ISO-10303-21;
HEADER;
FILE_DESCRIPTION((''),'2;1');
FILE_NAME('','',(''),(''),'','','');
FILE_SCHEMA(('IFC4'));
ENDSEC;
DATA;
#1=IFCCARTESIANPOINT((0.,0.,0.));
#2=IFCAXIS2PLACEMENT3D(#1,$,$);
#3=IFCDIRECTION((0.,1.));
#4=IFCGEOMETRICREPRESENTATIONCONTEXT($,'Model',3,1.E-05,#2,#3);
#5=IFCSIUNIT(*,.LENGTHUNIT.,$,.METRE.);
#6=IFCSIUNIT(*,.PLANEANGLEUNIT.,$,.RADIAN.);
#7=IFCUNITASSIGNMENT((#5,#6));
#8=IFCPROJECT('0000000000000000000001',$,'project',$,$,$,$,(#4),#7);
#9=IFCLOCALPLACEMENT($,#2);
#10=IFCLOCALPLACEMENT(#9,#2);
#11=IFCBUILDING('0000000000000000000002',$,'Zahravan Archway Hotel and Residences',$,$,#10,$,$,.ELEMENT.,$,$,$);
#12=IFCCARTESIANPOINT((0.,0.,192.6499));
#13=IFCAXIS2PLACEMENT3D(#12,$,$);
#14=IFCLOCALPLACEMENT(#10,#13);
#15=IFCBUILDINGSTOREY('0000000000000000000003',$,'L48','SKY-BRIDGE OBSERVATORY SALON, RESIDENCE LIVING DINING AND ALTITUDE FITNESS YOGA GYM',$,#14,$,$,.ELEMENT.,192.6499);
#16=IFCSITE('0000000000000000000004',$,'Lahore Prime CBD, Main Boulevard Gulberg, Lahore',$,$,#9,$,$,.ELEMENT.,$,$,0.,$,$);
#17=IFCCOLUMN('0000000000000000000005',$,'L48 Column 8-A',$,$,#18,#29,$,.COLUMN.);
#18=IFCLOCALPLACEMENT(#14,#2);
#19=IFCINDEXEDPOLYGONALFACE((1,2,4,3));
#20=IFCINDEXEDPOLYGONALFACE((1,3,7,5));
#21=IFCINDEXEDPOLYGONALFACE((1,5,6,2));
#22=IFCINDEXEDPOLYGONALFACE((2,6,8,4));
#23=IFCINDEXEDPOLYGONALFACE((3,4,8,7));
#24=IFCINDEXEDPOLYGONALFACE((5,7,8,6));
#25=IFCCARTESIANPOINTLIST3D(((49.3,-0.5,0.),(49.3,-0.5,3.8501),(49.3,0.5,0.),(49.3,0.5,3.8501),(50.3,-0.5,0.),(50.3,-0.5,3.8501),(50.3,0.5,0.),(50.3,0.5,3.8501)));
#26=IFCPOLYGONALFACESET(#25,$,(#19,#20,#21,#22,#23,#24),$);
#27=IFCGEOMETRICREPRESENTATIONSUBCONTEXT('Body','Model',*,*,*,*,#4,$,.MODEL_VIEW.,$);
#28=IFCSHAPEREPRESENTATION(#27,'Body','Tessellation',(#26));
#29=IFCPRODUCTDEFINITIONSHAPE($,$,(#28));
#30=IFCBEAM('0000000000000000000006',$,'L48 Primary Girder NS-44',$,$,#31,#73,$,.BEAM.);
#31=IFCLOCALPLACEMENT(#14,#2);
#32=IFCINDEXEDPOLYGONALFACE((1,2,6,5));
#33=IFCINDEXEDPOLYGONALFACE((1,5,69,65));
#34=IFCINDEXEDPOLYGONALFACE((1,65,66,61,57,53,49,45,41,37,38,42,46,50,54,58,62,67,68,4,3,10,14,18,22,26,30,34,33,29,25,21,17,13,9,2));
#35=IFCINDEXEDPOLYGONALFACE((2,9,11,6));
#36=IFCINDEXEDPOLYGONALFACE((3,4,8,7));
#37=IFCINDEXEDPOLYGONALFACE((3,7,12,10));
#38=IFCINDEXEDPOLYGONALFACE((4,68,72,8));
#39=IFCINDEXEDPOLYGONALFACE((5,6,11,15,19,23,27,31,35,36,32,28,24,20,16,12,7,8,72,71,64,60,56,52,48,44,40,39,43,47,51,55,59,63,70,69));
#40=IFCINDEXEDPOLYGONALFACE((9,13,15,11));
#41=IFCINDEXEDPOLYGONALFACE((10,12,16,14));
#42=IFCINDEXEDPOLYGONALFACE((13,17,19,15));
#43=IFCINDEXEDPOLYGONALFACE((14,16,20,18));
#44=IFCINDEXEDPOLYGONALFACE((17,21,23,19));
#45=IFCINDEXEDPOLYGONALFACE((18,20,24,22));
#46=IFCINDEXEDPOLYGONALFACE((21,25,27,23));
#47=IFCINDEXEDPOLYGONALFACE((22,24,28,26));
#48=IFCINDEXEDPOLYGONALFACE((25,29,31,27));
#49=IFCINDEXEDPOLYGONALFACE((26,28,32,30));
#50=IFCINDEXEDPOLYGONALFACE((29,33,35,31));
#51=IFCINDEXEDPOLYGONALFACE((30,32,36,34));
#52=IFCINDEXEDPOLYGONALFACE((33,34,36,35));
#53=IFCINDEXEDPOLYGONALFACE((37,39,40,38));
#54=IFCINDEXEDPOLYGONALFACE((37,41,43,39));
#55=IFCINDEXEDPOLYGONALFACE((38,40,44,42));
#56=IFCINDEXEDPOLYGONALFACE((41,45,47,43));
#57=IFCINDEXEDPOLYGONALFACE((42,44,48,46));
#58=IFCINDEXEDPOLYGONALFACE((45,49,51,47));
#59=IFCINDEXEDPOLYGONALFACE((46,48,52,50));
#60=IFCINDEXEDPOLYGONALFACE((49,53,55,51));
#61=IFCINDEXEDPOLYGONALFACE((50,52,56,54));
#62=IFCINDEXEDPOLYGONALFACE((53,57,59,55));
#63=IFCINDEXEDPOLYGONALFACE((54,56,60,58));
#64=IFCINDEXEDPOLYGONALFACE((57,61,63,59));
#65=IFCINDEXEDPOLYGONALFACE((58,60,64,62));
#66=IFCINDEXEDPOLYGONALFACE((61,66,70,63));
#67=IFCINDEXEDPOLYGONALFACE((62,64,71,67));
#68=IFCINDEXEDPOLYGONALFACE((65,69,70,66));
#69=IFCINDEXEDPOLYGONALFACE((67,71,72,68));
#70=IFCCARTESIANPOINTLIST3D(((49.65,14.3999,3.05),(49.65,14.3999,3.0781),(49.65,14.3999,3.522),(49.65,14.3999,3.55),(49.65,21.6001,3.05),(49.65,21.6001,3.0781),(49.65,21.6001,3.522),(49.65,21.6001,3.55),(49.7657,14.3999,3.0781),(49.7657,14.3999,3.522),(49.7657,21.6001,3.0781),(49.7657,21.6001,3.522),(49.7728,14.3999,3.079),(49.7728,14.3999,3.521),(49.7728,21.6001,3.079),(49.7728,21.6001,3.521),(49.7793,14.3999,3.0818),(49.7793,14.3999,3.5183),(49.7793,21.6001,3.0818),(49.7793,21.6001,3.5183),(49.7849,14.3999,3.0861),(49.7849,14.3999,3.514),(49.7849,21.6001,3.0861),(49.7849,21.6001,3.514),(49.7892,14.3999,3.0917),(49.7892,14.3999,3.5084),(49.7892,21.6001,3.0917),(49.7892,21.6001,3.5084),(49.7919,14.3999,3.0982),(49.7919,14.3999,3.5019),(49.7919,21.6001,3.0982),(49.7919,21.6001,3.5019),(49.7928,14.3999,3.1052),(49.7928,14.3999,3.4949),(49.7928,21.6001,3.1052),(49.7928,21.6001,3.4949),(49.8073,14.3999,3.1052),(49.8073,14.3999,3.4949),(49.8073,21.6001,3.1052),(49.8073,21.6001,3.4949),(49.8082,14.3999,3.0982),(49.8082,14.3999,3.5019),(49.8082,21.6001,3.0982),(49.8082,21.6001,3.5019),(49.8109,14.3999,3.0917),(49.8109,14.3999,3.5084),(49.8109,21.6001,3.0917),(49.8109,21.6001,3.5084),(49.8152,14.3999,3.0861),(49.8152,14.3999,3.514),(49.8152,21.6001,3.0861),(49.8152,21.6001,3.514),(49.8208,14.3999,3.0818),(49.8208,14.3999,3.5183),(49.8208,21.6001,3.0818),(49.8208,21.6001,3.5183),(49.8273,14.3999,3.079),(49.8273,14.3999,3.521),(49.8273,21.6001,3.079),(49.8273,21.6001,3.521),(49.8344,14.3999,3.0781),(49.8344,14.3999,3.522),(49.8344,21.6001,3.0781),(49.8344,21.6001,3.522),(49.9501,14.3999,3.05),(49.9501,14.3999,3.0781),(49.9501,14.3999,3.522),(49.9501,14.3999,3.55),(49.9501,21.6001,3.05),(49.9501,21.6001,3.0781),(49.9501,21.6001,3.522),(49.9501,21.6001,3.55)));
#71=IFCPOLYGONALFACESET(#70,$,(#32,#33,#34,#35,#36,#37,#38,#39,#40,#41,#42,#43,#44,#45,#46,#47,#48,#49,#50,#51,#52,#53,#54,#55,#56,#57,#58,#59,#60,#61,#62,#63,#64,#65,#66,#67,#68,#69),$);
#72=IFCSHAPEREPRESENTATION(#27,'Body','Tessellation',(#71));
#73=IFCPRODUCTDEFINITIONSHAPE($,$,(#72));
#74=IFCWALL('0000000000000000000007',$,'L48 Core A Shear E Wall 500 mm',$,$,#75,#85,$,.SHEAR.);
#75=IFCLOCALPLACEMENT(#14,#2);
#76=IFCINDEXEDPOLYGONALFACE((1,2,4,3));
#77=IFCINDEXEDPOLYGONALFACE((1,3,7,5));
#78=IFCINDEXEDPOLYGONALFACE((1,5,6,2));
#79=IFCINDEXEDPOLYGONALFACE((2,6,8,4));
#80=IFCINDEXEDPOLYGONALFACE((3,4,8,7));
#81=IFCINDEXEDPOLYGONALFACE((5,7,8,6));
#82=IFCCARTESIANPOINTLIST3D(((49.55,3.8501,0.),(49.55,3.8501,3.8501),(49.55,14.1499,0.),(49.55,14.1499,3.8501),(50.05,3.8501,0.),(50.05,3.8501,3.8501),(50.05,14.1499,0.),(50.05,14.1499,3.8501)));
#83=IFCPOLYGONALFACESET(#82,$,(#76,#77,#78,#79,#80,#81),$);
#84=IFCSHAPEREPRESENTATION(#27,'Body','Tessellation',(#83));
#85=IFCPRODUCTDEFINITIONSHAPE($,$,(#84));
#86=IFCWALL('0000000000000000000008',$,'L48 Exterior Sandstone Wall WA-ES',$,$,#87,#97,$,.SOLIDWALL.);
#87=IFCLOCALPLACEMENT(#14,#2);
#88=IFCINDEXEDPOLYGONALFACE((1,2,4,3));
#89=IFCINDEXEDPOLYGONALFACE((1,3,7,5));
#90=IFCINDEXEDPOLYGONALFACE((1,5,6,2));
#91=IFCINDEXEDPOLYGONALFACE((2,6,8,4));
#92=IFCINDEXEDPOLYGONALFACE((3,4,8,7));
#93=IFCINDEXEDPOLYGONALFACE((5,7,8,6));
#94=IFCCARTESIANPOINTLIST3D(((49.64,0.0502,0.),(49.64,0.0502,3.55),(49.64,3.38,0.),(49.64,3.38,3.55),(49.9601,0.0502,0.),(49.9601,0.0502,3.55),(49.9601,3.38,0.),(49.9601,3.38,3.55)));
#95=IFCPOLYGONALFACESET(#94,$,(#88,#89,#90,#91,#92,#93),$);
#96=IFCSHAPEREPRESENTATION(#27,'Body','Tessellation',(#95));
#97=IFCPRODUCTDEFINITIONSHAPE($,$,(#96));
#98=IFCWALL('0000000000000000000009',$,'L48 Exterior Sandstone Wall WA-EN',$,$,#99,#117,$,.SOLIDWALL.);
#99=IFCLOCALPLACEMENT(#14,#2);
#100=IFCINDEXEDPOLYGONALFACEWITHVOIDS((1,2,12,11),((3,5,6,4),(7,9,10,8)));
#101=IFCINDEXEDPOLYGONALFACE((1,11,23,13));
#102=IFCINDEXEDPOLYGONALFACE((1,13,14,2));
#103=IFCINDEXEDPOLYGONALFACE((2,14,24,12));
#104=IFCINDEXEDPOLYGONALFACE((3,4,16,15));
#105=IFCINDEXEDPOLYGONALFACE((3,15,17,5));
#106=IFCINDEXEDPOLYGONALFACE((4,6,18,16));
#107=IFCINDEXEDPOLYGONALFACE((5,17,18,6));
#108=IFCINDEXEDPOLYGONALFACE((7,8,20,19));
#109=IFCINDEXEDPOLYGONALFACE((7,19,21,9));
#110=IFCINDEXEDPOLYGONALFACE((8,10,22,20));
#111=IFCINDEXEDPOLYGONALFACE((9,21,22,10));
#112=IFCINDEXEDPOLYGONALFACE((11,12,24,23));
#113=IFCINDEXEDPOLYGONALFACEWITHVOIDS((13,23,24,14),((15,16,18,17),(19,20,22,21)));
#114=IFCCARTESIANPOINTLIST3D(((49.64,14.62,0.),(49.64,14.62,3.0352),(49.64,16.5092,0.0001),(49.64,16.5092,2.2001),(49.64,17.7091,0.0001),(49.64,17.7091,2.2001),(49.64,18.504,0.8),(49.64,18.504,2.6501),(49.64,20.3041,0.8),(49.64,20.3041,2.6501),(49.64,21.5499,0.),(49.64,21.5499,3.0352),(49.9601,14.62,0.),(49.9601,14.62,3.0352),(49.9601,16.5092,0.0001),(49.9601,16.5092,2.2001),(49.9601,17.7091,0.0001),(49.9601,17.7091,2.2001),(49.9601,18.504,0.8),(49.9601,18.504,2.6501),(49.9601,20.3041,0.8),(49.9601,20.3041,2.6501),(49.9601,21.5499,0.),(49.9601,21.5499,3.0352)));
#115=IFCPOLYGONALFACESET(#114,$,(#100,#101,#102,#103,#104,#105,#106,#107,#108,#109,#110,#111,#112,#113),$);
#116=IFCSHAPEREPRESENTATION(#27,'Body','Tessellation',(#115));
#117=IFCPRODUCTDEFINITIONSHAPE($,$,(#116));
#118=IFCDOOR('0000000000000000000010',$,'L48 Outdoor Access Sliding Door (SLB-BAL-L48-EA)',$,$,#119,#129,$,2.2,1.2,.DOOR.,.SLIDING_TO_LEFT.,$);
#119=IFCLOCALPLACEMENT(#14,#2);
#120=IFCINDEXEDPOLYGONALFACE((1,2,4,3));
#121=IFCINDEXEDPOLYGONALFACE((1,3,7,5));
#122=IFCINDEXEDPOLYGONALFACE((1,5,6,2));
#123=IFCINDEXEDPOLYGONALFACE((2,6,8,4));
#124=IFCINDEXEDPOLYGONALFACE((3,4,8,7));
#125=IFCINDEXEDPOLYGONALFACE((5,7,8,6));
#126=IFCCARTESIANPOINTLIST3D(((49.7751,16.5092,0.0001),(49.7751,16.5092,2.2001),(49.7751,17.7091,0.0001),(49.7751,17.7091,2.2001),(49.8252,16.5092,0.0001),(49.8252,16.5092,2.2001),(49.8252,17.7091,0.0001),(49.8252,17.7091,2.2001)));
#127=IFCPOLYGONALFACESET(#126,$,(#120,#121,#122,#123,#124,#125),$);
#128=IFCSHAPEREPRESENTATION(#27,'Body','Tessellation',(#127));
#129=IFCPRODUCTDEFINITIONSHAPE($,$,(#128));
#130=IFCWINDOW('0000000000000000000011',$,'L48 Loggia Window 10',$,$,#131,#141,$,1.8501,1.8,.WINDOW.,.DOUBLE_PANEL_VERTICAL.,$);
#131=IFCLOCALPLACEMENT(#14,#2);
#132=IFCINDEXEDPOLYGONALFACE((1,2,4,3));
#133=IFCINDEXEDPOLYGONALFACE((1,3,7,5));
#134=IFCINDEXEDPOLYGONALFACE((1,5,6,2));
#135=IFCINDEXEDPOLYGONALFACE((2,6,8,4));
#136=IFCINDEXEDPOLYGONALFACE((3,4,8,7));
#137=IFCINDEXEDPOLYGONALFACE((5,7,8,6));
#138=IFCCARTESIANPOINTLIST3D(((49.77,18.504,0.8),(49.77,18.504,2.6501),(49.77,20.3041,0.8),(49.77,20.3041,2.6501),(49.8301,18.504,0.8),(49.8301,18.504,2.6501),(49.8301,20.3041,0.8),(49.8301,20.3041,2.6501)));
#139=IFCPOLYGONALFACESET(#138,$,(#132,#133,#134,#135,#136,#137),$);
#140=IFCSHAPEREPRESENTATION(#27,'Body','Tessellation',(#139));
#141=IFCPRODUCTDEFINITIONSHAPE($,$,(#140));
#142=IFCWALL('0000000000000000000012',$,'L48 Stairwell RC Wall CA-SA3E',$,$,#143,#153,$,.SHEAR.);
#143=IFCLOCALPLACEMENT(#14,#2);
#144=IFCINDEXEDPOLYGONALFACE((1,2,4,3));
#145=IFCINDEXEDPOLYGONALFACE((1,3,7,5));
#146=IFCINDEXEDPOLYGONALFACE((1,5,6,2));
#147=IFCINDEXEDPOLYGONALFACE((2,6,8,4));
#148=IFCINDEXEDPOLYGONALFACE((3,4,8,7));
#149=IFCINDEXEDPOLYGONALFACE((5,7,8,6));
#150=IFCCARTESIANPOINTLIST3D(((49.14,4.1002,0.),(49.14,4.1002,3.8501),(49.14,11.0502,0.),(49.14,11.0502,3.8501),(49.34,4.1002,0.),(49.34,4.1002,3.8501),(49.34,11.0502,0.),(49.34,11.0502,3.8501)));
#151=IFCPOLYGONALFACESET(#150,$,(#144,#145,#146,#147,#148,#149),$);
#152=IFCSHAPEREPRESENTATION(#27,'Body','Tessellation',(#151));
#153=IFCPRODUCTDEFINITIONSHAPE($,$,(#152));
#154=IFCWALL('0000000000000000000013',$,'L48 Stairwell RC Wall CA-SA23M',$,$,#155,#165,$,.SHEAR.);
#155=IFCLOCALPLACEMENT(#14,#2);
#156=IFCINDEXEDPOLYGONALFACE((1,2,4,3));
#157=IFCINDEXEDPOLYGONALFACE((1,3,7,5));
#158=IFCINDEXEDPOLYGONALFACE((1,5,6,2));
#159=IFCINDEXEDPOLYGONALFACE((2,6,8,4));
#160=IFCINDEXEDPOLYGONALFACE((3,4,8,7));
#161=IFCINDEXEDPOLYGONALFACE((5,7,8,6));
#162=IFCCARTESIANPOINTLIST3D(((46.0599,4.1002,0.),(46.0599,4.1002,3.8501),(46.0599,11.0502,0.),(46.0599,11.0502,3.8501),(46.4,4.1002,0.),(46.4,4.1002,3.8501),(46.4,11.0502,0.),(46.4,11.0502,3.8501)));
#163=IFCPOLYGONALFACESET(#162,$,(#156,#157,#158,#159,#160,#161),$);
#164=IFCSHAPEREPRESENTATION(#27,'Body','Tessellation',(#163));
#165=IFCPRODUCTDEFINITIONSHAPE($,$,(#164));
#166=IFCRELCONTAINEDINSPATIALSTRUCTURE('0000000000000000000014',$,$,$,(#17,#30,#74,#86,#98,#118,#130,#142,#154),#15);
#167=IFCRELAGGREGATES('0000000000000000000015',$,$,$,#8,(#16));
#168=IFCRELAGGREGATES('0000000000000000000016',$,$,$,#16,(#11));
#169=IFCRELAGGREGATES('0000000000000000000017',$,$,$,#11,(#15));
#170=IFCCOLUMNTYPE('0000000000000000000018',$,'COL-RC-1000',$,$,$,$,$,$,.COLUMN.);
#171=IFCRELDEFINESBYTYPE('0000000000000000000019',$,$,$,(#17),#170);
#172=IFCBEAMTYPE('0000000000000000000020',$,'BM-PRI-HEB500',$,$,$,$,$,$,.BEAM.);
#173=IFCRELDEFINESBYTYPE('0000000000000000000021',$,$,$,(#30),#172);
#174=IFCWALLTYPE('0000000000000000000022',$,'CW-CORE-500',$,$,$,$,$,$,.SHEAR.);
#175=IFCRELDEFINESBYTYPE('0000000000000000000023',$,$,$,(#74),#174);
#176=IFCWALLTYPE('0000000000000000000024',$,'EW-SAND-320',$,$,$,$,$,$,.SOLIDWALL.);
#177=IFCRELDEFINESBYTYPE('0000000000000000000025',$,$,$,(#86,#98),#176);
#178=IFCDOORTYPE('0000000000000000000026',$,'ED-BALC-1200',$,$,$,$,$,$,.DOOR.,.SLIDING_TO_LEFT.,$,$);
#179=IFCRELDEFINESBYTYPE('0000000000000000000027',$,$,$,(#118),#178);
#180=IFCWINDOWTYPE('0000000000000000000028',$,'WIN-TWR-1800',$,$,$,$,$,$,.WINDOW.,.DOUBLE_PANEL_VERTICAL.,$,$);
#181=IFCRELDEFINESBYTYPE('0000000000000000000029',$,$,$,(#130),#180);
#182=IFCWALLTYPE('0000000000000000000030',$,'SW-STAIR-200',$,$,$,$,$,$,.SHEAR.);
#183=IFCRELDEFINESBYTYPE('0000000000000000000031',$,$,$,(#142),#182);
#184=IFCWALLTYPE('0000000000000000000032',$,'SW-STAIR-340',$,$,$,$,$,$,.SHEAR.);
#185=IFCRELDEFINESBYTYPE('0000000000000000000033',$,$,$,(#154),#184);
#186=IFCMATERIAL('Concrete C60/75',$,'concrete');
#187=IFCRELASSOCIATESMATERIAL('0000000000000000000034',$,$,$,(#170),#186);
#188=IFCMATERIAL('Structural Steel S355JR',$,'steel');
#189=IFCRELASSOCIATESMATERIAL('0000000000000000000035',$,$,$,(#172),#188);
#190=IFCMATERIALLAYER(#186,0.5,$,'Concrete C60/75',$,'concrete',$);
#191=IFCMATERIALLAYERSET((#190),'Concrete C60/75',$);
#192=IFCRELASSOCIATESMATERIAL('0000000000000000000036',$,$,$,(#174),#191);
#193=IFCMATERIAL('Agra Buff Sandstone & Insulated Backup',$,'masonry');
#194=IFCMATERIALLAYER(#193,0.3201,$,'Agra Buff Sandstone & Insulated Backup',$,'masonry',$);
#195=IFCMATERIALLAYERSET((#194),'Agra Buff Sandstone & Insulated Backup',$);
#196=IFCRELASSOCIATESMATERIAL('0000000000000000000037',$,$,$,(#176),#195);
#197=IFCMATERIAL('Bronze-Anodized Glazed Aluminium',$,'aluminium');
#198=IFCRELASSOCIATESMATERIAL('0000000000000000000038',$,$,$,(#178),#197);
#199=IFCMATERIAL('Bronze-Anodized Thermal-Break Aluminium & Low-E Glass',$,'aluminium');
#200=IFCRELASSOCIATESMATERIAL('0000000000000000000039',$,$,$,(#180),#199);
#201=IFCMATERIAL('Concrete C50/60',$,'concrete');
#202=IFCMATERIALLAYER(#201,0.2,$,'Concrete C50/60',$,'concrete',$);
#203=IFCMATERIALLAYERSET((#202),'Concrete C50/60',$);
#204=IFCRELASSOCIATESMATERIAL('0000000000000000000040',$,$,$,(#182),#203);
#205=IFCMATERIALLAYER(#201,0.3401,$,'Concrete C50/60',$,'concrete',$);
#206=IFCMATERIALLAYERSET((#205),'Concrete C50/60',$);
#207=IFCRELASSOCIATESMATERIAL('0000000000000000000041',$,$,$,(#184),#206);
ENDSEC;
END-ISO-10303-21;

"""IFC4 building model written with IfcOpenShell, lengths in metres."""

from ifc_helpers import new_model, si_unit, direction, frame, frame_2d, origin, origin_2d, place, context, subcontext, project, spatial, rectangle, i_section, extrude, source, transform, mapped, material, layer, layer_set, material_profile, profile_set, type_object, type_shapes, element, fill, save


model = new_model("IFC4")

# Units and contexts
model_context = context("Model", 3, precision=1e-05, world=origin(), true_north=direction((0.0, 1.0)))
body_context = subcontext(model_context, "Body", "Model", "MODEL_VIEW")
ifc_project = project(units=[si_unit("LENGTHUNIT", "METRE"), si_unit("PLANEANGLEUNIT", "RADIAN")], contexts=[model_context])

# Site, building, storey
site_placement = place(None, origin())
site = spatial("IfcSite", under=ifc_project, at=site_placement, Name="Lahore Prime CBD, Main Boulevard Gulberg, Lahore", CompositionType="ELEMENT", RefElevation=0.0)
building_placement = place(site_placement, origin())
building = spatial("IfcBuilding", under=site, at=building_placement, Name="Zahravan Archway Hotel and Residences", CompositionType="ELEMENT")
storey_placement = place(building_placement, frame((0.0, 0.0, 192.6499)))
storey = spatial("IfcBuildingStorey", under=building, at=storey_placement, Name="L48", Description="SKY-BRIDGE OBSERVATORY SALON, RESIDENCE LIVING DINING AND ALTITUDE FITNESS YOGA GYM", CompositionType="ELEMENT", Elevation=192.6499)

# Column
ifc_material_1 = material(Name="Concrete C60/75", Category="concrete")
ifc_material_profile_1 = material_profile(ifc_material_1, rectangle(XDim=1.0, YDim=1.0, at=origin_2d()), Name="RC-COL-1000x1000", Category="concrete")
ifc_profile_set_1 = profile_set([ifc_material_profile_1], Name="Concrete C60/75")
column_type = type_object("IfcColumnType", Name="COL-RC-1000", PredefinedType="COLUMN", material=ifc_profile_set_1)
shared_shape_1 = source(origin(), body_context, "Body", "SweptSolid", [
    extrude(rectangle(XDim=1.0, YDim=1.0, at=origin_2d()), origin(), (0.0, 0.0, 1.0), 3.8501),
])
column_placement = place(storey_placement, frame((49.8, 0.0, 0.0), z_axis=(0.0, 0.0, 1.0), x_axis=(1.0, 0.0, 0.0)))
element("IfcColumn", 1, at=column_placement, inside=storey, type_object=column_type, Name="L48 Column 8-A", PredefinedType="COLUMN", context=body_context, shape_type="MappedRepresentation", body=[
    mapped(shared_shape_1, transform((0.0, 0.0, 0.0), scale=1.0)),
])

# Beam
ifc_material_2 = material(Name="Structural Steel S355JR", Category="steel")
ifc_material_profile_2 = material_profile(ifc_material_2, i_section(OverallWidth=0.3, OverallDepth=0.5, WebThickness=0.0144, FlangeThickness=0.0281, FilletRadius=0.0271, at=origin_2d()), Name="HEB 500", Category="steel")
ifc_profile_set_2 = profile_set([ifc_material_profile_2], Name="Structural Steel S355JR")
beam_type = type_object("IfcBeamType", Name="BM-PRI-HEB500", PredefinedType="BEAM", material=ifc_profile_set_2)
shared_shape_2 = source(origin(), body_context, "Body", "SweptSolid", [
    extrude(i_section(OverallWidth=0.3, OverallDepth=0.5, WebThickness=0.0144, FlangeThickness=0.0281, FilletRadius=0.0271, at=origin_2d()), origin(), (0.0, 0.0, 1.0), 7.2002),
])
type_shapes(beam_type, [shared_shape_2])
beam_placement = place(storey_placement, frame((49.8, 14.3999, 3.3), z_axis=(0.0, 1.0, 0.0), x_axis=(-1.0, 0.0, 0.0)))
element("IfcBeam", 2, at=beam_placement, inside=storey, type_object=beam_type, Name="L48 Primary Girder NS-44", PredefinedType="BEAM", context=body_context, shape_type="MappedRepresentation", body=[
    mapped(shared_shape_2, transform((0.0, 0.0, 0.0), scale=1.0)),
])

# Walls
ifc_layer_1 = layer(ifc_material_1, 0.5, Name="Concrete C60/75", Category="concrete")
ifc_layer_set_1 = layer_set([ifc_layer_1], Name="Concrete C60/75")
wall_type_1 = type_object("IfcWallType", Name="CW-CORE-500", PredefinedType="SHEAR", material=ifc_layer_set_1)
wall_1_placement = place(storey_placement, frame((49.8, 3.8501, 0.0), z_axis=(0.0, 0.0, 1.0), x_axis=(0.0, 1.0, 0.0)))
element("IfcWall", 3, at=wall_1_placement, inside=storey, type_object=wall_type_1, Name="L48 Core A Shear E Wall 500 mm", PredefinedType="SHEAR", context=body_context, shape_type="SweptSolid", body=[
    extrude(rectangle(XDim=10.2998, YDim=0.5, at=frame_2d((5.1499, 0.0))), origin(), (0.0, 0.0, 1.0), 3.8501),
])
ifc_material_3 = material(Name="Agra Buff Sandstone & Insulated Backup", Category="masonry")
ifc_layer_2 = layer(ifc_material_3, 0.3201, Name="Agra Buff Sandstone & Insulated Backup", Category="masonry")
ifc_layer_set_2 = layer_set([ifc_layer_2], Name="Agra Buff Sandstone & Insulated Backup")
wall_type_2 = type_object("IfcWallType", Name="EW-SAND-320", PredefinedType="SOLIDWALL", material=ifc_layer_set_2)
wall_2_placement = place(storey_placement, frame((49.8, 0.05, 0.0), z_axis=(0.0, 0.0, 1.0), x_axis=(0.0, 1.0, 0.0)))
element("IfcWall", 4, at=wall_2_placement, inside=storey, type_object=wall_type_2, Name="L48 Exterior Sandstone Wall WA-ES", PredefinedType="SOLIDWALL", context=body_context, shape_type="SweptSolid", body=[
    extrude(rectangle(XDim=3.3298, YDim=0.3201, at=frame_2d((1.665, 0.0))), origin(), (0.0, 0.0, 1.0), 3.55),
])

# Wall, openings, door, window
wall_3_placement = place(storey_placement, frame((49.8, 14.6201, 0.0), z_axis=(0.0, 0.0, 1.0), x_axis=(0.0, 1.0, 0.0)))
wall_3 = element("IfcWall", 5, at=wall_3_placement, inside=storey, type_object=wall_type_2, Name="L48 Exterior Sandstone Wall WA-EN", PredefinedType="SOLIDWALL", context=body_context, shape_type="SweptSolid", body=[
    extrude(rectangle(XDim=6.9299, YDim=0.3201, at=frame_2d((3.4648, 0.0))), origin(), (0.0, 0.0, 1.0), 3.0352),
])
opening_1_placement = place(wall_3_placement, frame((1.8889, 0.0, 0.0)))
opening_1 = element("IfcOpeningElement", 6, at=opening_1_placement, cuts=wall_3, PredefinedType="OPENING", context=body_context, shape_type="SweptSolid", body=[
    extrude(rectangle(XDim=1.2, YDim=2.2, at=frame_2d((0.6001, 1.1001))), frame((0.0, 0.1699, 0.0), z_axis=(0.0, -1.0, 0.0), x_axis=(1.0, 0.0, 0.0)), (0.0, 0.0, 1.0), 0.3401),
])
opening_2_placement = place(wall_3_placement, frame((3.884, 0.0, 0.8)))
opening_2 = element("IfcOpeningElement", 7, at=opening_2_placement, cuts=wall_3, PredefinedType="OPENING", context=body_context, shape_type="SweptSolid", body=[
    extrude(rectangle(XDim=1.8, YDim=1.8501, at=frame_2d((0.8999, 0.925))), frame((0.0, 0.1699, 0.0), z_axis=(0.0, -1.0, 0.0), x_axis=(1.0, 0.0, 0.0)), (0.0, 0.0, 1.0), 0.3401),
])
ifc_material_4 = material(Name="Bronze-Anodized Glazed Aluminium", Category="aluminium")
door_type = type_object("IfcDoorType", Name="ED-BALC-1200", OperationType="SLIDING_TO_LEFT", PredefinedType="DOOR", material=ifc_material_4)
shared_shape_3 = source(origin(), body_context, "Body", "SweptSolid", [
    extrude(rectangle(XDim=1.2, YDim=2.2, at=frame_2d((0.6001, 1.1001))), frame((0.0, 0.0249, 0.0), z_axis=(0.0, -1.0, 0.0), x_axis=(1.0, 0.0, 0.0)), (0.0, 0.0, 1.0), 0.05),
])
type_shapes(door_type, [shared_shape_3])
door_placement = place(opening_1_placement, origin())
door = element("IfcDoor", 8, at=door_placement, inside=storey, type_object=door_type, Name="L48 Outdoor Access Sliding Door (SLB-BAL-L48-EA)", OperationType="SLIDING_TO_LEFT", OverallHeight=2.2, OverallWidth=1.2, PredefinedType="DOOR", context=body_context, shape_type="MappedRepresentation", body=[
    mapped(shared_shape_3, transform((0.0, 0.0, 0.0), scale=1.0)),
])
fill(opening_1, door)
ifc_material_5 = material(Name="Bronze-Anodized Thermal-Break Aluminium & Low-E Glass", Category="aluminium")
window_type = type_object("IfcWindowType", Name="WIN-TWR-1800", PartitioningType="DOUBLE_PANEL_VERTICAL", PredefinedType="WINDOW", material=ifc_material_5)
shared_shape_4 = source(origin(), body_context, "Body", "SweptSolid", [
    extrude(rectangle(XDim=1.8, YDim=1.8501, at=frame_2d((0.8999, 0.925))), frame((0.0, 0.03, 0.0), z_axis=(0.0, -1.0, 0.0), x_axis=(1.0, 0.0, 0.0)), (0.0, 0.0, 1.0), 0.0601),
])
type_shapes(window_type, [shared_shape_4])
window_placement = place(opening_2_placement, origin())
window = element("IfcWindow", 9, at=window_placement, inside=storey, type_object=window_type, Name="L48 Loggia Window 10", OverallHeight=1.8501, OverallWidth=1.8, PartitioningType="DOUBLE_PANEL_VERTICAL", PredefinedType="WINDOW", context=body_context, shape_type="MappedRepresentation", body=[
    mapped(shared_shape_4, transform((0.0, 0.0, 0.0), scale=1.0)),
])
fill(opening_2, window)

# Walls
ifc_material_6 = material(Name="Concrete C50/60", Category="concrete")
ifc_layer_3 = layer(ifc_material_6, 0.2, Name="Concrete C50/60", Category="concrete")
ifc_layer_set_3 = layer_set([ifc_layer_3], Name="Concrete C50/60")
wall_type_3 = type_object("IfcWallType", Name="SW-STAIR-200", PredefinedType="SHEAR", material=ifc_layer_set_3)
wall_4_placement = place(storey_placement, frame((49.24, 4.1001, 0.0), z_axis=(0.0, 0.0, 1.0), x_axis=(0.0, 1.0, 0.0)))
element("IfcWall", 10, at=wall_4_placement, inside=storey, type_object=wall_type_3, Name="L48 Stairwell RC Wall CA-SA3E", PredefinedType="SHEAR", context=body_context, shape_type="SweptSolid", body=[
    extrude(rectangle(XDim=6.95, YDim=0.2, at=frame_2d((3.4751, 0.0))), origin(), (0.0, 0.0, 1.0), 3.8501),
])
ifc_layer_4 = layer(ifc_material_6, 0.3401, Name="Concrete C50/60", Category="concrete")
ifc_layer_set_4 = layer_set([ifc_layer_4], Name="Concrete C50/60")
wall_type_4 = type_object("IfcWallType", Name="SW-STAIR-340", PredefinedType="SHEAR", material=ifc_layer_set_4)
wall_5_placement = place(storey_placement, frame((46.23, 4.1001, 0.0), z_axis=(0.0, 0.0, 1.0), x_axis=(0.0, 1.0, 0.0)))
element("IfcWall", 11, at=wall_5_placement, inside=storey, type_object=wall_type_4, Name="L48 Stairwell RC Wall CA-SA23M", PredefinedType="SHEAR", context=body_context, shape_type="SweptSolid", body=[
    extrude(rectangle(XDim=6.95, YDim=0.3401, at=frame_2d((3.4751, 0.0))), origin(), (0.0, 0.0, 1.0), 3.8501),
])

save(model, "model.ifc")
